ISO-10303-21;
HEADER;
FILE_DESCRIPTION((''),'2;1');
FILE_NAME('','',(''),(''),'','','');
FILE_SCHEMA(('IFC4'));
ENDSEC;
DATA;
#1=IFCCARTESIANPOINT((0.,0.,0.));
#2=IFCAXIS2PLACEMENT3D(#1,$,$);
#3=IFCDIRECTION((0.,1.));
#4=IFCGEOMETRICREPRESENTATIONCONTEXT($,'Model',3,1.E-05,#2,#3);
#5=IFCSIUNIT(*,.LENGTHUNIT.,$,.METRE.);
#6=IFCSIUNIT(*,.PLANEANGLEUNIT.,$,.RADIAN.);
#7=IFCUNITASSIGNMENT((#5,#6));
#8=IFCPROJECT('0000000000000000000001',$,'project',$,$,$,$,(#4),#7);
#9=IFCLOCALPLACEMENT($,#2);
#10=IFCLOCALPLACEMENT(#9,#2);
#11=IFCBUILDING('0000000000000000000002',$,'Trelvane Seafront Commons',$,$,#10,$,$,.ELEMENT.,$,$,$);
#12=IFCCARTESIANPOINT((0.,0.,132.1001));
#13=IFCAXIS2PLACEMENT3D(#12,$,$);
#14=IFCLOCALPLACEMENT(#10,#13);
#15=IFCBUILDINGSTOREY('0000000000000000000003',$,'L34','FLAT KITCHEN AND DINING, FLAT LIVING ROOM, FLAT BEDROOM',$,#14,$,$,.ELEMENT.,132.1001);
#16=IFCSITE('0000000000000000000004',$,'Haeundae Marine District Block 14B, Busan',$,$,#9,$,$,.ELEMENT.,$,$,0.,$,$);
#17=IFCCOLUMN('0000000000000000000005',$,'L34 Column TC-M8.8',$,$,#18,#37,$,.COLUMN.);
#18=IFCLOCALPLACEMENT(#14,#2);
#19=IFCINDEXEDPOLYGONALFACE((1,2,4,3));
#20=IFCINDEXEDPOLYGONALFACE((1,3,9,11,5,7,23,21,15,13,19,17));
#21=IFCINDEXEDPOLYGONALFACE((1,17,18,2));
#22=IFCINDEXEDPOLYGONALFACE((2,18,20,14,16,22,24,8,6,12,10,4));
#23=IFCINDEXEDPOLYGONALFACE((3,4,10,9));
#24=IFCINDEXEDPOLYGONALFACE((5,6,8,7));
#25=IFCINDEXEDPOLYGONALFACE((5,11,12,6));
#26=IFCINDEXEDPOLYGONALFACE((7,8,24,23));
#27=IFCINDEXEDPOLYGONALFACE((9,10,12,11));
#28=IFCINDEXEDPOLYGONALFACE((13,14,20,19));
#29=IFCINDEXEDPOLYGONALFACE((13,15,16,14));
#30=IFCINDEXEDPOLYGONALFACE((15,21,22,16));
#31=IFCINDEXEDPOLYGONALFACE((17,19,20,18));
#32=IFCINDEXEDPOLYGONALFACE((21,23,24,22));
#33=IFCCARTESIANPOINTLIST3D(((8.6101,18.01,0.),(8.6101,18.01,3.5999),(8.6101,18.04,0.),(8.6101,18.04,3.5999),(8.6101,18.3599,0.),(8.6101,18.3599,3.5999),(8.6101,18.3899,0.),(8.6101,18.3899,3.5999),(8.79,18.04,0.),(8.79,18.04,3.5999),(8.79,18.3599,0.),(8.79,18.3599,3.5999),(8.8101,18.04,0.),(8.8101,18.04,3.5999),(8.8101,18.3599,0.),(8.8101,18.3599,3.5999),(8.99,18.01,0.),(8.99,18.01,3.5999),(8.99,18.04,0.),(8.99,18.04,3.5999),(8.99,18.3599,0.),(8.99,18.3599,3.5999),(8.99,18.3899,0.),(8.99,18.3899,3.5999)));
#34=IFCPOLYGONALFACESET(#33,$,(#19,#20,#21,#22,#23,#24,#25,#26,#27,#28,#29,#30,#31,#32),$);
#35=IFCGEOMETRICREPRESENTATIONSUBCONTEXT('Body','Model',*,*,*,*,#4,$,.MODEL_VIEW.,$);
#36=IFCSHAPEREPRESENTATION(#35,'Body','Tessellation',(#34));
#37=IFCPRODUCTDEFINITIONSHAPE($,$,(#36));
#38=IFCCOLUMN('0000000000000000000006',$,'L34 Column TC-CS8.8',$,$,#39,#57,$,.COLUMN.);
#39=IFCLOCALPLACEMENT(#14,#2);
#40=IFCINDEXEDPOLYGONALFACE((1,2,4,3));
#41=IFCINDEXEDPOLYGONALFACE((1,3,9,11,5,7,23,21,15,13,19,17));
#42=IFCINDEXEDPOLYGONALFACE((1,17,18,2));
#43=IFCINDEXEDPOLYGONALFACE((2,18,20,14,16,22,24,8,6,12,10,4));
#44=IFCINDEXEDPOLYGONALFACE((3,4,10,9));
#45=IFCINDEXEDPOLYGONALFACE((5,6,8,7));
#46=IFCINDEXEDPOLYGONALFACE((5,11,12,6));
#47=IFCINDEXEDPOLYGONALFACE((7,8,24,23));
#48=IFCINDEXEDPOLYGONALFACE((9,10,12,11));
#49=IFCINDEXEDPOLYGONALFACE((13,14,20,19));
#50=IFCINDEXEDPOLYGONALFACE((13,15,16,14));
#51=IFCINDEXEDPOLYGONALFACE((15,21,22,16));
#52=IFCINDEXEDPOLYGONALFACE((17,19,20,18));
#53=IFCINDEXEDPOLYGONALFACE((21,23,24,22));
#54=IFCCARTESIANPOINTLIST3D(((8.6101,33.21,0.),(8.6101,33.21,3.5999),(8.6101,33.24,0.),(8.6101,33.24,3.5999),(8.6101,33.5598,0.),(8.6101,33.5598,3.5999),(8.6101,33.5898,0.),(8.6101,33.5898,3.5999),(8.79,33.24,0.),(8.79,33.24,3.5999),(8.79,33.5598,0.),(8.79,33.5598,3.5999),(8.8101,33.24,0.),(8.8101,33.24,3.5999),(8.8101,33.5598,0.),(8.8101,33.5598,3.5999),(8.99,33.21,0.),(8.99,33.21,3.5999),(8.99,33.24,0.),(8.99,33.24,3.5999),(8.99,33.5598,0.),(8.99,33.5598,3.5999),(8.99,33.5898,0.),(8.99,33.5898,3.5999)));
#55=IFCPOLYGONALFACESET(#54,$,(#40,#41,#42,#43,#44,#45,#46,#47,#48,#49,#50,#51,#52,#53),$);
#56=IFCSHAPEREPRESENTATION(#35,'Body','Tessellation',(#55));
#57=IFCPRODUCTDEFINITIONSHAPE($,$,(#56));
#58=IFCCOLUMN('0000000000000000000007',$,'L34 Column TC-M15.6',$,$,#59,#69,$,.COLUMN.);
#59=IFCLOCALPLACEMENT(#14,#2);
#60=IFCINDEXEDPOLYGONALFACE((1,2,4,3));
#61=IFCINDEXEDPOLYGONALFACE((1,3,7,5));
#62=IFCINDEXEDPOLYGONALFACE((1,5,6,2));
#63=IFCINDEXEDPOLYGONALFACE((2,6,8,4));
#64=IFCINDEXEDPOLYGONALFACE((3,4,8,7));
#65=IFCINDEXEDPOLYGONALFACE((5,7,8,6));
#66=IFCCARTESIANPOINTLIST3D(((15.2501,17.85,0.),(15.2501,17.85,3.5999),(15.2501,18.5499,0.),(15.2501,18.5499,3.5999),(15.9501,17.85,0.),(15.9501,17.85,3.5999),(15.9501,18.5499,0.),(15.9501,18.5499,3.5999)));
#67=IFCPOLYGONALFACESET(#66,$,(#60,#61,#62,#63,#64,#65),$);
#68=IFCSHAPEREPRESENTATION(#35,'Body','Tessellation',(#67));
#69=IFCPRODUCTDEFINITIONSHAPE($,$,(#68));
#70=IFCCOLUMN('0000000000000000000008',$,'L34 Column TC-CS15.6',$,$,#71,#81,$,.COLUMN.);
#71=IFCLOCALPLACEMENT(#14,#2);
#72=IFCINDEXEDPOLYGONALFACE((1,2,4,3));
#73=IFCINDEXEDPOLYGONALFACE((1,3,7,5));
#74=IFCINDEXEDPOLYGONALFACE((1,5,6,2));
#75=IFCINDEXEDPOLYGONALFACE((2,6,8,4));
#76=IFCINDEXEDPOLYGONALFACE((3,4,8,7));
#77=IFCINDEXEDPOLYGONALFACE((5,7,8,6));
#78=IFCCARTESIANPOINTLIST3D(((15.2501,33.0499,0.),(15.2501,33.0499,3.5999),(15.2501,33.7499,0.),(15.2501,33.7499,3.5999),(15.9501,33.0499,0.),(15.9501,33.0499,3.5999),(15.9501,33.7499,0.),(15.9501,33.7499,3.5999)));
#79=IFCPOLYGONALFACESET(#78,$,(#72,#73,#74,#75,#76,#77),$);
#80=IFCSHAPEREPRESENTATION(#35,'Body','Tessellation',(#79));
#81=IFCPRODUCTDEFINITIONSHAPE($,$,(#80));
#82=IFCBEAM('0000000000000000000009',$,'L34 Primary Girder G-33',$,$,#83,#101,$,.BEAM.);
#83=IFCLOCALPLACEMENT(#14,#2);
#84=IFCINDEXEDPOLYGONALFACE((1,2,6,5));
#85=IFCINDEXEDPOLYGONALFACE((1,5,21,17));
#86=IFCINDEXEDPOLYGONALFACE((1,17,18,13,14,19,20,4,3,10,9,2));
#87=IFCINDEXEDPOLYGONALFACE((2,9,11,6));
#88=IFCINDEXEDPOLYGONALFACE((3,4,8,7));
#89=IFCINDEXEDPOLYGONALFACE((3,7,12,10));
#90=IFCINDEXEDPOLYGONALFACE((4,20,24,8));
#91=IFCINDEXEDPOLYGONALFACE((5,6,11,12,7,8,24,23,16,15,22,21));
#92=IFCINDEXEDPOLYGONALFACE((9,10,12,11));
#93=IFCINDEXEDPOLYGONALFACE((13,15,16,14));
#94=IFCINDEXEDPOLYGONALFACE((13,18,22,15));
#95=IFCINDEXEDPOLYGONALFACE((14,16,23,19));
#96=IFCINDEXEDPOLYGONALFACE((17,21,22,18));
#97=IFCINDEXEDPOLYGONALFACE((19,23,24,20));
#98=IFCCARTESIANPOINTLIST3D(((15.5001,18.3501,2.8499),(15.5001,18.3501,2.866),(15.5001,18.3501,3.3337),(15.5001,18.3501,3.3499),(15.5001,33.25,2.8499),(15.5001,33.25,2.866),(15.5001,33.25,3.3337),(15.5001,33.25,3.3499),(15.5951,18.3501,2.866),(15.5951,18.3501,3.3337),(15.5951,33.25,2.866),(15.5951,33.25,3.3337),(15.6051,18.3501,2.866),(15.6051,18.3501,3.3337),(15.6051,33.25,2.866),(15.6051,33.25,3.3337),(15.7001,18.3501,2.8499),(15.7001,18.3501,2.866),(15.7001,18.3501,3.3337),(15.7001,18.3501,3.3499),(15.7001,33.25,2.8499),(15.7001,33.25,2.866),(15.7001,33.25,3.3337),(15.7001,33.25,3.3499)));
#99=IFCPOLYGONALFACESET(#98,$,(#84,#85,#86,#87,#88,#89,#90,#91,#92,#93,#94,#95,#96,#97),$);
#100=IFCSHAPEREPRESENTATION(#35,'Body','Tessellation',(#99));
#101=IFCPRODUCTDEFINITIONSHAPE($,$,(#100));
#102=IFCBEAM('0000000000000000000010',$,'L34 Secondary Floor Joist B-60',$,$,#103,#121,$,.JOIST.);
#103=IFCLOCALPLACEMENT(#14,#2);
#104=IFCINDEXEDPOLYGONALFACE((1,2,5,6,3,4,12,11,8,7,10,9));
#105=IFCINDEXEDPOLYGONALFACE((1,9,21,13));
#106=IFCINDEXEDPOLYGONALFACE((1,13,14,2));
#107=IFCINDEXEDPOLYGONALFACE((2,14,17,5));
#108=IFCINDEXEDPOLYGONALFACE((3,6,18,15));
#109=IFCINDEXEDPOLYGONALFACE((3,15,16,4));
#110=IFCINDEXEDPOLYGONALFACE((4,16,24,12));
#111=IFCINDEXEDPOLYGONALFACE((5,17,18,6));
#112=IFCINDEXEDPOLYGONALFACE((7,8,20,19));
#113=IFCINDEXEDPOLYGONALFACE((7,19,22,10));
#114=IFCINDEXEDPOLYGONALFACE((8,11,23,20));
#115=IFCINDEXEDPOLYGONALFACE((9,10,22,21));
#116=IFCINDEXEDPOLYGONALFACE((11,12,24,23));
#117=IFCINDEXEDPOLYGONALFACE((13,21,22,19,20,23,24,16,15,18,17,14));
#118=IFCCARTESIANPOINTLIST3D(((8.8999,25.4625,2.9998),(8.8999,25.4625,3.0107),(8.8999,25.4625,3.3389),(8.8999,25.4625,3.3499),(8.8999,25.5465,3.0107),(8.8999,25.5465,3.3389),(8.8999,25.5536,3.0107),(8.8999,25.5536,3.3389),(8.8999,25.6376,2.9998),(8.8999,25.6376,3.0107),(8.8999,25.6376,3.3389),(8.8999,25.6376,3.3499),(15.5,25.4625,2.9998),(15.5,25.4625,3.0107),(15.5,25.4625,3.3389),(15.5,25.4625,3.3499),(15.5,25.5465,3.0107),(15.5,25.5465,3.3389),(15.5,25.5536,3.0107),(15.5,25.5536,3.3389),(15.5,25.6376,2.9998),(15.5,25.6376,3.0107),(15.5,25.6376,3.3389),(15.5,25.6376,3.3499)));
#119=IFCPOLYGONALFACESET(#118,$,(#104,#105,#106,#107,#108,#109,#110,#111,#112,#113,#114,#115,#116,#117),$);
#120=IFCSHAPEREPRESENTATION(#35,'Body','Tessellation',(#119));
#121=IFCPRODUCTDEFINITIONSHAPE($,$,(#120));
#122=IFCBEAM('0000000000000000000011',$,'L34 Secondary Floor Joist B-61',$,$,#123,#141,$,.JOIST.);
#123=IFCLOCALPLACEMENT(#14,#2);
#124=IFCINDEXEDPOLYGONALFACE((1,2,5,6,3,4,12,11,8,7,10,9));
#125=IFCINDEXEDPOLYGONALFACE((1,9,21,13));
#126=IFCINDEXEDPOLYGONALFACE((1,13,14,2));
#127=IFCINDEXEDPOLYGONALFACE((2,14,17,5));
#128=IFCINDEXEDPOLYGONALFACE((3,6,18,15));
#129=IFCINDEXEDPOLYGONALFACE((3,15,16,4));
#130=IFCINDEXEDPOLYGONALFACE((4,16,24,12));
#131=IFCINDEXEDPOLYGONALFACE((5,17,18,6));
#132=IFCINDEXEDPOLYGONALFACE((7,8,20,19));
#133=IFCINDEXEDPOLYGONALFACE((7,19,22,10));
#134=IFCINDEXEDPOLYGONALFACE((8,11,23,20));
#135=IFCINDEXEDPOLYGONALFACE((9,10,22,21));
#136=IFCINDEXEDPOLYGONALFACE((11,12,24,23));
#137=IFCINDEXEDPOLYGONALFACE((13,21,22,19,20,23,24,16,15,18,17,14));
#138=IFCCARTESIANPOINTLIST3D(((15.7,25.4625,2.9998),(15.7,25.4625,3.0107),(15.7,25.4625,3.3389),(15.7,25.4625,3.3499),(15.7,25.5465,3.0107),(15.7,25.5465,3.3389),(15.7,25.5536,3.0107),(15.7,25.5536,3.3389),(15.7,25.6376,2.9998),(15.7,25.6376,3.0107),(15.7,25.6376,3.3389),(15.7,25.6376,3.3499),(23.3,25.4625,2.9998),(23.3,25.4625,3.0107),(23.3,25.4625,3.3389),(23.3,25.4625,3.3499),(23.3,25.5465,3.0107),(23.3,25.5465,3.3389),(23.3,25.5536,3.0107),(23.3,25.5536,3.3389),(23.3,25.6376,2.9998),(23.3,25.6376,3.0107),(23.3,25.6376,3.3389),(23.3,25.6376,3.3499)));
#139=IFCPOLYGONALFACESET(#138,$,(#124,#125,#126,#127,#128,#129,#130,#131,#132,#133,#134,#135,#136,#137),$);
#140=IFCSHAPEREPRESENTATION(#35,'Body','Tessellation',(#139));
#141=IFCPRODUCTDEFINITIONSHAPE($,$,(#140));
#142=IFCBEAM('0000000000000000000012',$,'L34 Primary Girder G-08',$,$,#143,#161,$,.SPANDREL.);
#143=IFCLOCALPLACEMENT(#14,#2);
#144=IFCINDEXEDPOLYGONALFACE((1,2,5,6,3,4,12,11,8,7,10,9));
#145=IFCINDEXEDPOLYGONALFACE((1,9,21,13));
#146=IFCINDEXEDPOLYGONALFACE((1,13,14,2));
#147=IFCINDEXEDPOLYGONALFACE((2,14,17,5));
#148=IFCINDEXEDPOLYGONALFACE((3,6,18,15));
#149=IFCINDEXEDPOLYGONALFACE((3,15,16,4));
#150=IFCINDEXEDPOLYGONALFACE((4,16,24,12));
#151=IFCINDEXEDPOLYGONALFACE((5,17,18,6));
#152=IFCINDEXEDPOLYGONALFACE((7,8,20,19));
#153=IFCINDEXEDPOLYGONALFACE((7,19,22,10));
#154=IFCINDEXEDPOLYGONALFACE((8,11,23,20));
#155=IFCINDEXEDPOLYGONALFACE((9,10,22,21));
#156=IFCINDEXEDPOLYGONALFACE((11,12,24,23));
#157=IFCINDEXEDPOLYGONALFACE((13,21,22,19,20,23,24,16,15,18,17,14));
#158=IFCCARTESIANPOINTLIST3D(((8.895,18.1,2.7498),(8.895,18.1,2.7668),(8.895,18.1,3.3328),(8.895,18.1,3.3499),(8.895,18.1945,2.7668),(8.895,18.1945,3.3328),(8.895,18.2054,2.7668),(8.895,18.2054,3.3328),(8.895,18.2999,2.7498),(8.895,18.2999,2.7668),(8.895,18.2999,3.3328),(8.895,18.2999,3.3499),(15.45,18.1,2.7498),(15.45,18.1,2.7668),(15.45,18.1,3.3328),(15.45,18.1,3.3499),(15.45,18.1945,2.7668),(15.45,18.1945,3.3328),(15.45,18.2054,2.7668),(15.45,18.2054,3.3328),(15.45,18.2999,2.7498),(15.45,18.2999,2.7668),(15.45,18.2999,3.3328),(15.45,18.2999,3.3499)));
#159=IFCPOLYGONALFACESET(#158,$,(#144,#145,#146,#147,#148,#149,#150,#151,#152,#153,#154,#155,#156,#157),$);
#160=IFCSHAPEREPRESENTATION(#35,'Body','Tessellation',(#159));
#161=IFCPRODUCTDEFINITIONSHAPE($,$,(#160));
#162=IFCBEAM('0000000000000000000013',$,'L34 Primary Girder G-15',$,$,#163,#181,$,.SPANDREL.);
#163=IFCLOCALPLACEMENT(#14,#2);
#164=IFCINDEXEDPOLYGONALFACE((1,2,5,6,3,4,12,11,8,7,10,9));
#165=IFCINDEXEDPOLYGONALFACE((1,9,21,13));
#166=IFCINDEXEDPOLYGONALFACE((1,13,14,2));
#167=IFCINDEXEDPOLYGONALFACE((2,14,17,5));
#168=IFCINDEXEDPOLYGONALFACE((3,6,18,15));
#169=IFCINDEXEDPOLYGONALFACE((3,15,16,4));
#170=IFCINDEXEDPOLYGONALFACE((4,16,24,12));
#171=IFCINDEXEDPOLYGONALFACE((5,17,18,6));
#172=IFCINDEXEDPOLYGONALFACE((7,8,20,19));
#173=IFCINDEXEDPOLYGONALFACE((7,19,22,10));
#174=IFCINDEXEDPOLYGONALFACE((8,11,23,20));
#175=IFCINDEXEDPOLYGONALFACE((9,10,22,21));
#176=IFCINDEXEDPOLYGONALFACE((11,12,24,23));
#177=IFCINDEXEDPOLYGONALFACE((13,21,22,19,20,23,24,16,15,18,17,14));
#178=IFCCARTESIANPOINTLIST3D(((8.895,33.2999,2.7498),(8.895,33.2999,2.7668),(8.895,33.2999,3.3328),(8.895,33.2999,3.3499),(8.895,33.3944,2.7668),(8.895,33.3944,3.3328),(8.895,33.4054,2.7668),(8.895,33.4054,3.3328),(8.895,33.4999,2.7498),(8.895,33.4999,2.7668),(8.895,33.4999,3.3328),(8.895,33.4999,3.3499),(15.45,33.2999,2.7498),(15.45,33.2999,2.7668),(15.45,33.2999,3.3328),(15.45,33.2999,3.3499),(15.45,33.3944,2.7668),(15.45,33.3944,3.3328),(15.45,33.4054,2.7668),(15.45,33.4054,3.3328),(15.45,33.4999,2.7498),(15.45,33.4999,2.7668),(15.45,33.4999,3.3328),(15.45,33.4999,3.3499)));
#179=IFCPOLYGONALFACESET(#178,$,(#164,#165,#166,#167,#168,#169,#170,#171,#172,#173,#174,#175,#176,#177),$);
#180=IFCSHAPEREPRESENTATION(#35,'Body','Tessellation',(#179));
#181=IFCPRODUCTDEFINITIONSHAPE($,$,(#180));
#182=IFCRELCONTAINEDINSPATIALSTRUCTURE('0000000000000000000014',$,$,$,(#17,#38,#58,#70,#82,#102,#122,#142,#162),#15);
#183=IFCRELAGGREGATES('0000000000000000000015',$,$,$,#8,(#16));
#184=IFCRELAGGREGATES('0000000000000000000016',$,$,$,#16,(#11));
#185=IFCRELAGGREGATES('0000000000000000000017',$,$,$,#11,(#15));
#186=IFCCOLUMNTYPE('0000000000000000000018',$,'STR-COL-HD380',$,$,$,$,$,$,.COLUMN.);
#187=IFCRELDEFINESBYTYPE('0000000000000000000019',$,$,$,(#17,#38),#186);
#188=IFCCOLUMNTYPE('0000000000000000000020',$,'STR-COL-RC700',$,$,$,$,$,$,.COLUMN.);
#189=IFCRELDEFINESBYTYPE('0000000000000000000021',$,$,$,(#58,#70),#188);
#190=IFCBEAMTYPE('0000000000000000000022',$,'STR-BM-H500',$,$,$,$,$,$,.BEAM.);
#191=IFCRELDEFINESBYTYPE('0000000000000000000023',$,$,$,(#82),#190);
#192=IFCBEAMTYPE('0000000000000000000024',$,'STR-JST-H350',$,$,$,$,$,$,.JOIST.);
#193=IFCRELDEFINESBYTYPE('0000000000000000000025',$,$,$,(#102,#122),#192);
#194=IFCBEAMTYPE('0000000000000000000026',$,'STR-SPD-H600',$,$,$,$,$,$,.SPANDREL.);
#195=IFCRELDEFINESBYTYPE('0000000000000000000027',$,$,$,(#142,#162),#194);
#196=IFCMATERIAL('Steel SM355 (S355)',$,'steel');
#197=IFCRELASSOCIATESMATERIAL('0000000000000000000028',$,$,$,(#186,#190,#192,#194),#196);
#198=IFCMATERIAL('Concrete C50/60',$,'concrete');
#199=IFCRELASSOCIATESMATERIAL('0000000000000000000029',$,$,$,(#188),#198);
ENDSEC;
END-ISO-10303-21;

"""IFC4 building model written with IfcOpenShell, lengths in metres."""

from ifc_helpers import new_model, si_unit, direction, frame, origin, origin_2d, place, context, subcontext, project, spatial, rectangle, i_section, extrude, source, transform, mapped, material, material_profile, profile_set, type_object, element, save


model = new_model("IFC4")

# Units and contexts
model_context = context("Model", 3, precision=1e-05, world=origin(), true_north=direction((0.0, 1.0)))
body_context = subcontext(model_context, "Body", "Model", "MODEL_VIEW")
ifc_project = project(units=[si_unit("LENGTHUNIT", "METRE"), si_unit("PLANEANGLEUNIT", "RADIAN")], contexts=[model_context])

# Site, building, storey
site_placement = place(None, origin())
site = spatial("IfcSite", under=ifc_project, at=site_placement, Name="Haeundae Marine District Block 14B, Busan", CompositionType="ELEMENT", RefElevation=0.0)
building_placement = place(site_placement, origin())
building = spatial("IfcBuilding", under=site, at=building_placement, Name="Trelvane Seafront Commons", CompositionType="ELEMENT")
storey_placement = place(building_placement, frame((0.0, 0.0, 132.1001)))
storey = spatial("IfcBuildingStorey", under=building, at=storey_placement, Name="L34", Description="FLAT KITCHEN AND DINING, FLAT LIVING ROOM, FLAT BEDROOM", CompositionType="ELEMENT", Elevation=132.1001)

# Columns
ifc_material_1 = material(Name="Steel SM355 (S355)", Category="steel")
ifc_material_profile_1 = material_profile(ifc_material_1, i_section(OverallWidth=0.3799, OverallDepth=0.3799, WebThickness=0.02, FlangeThickness=0.03, at=origin_2d()), Name="HD-380x380x20x30")
ifc_profile_set_1 = profile_set([ifc_material_profile_1], Name="Steel SM355 (S355)")
column_type_1 = type_object("IfcColumnType", Name="STR-COL-HD380", PredefinedType="COLUMN", material=ifc_profile_set_1)
shared_shape_1 = source(origin(), body_context, "Body", "SweptSolid", [
    extrude(i_section(OverallWidth=0.3799, OverallDepth=0.3799, WebThickness=0.02, FlangeThickness=0.03, at=origin_2d()), origin(), (0.0, 0.0, 1.0), 3.5999),
])
for number, where, z_axis, x_axis, name in (
    (1, (8.8, 18.2, 0.0), (0.0, 0.0, 1.0), (1.0, 0.0, 0.0), "L34 Column TC-M8.8"),
    (2, (8.8, 33.3999, 0.0), (0.0, 0.0, 1.0), (1.0, 0.0, 0.0), "L34 Column TC-CS8.8"),
):
    element("IfcColumn", number, at=place(storey_placement, frame(where, z_axis=z_axis, x_axis=x_axis)), inside=storey, type_object=column_type_1, Name=name, PredefinedType="COLUMN", context=body_context, shape_type="MappedRepresentation", body=[
        mapped(shared_shape_1, transform((0.0, 0.0, 0.0), x_axis=(1.0, 0.0, 0.0), y_axis=(0.0, 1.0, 0.0), z_axis=(0.0, 0.0, 1.0), scale=1.0)),
    ])
ifc_material_2 = material(Name="Concrete C50/60", Category="concrete")
ifc_material_profile_2 = material_profile(ifc_material_2, rectangle(XDim=0.7, YDim=0.7, at=origin_2d()), Name="RC-700x700")
ifc_profile_set_2 = profile_set([ifc_material_profile_2], Name="Concrete C50/60")
column_type_2 = type_object("IfcColumnType", Name="STR-COL-RC700", PredefinedType="COLUMN", material=ifc_profile_set_2)
shared_shape_2 = source(origin(), body_context, "Body", "SweptSolid", [
    extrude(rectangle(XDim=0.7, YDim=0.7, at=origin_2d()), origin(), (0.0, 0.0, 1.0), 3.5999),
])
for number, where, z_axis, x_axis, name in (
    (3, (15.6001, 18.2, 0.0), (0.0, 0.0, 1.0), (1.0, 0.0, 0.0), "L34 Column TC-M15.6"),
    (4, (15.6001, 33.3999, 0.0), (0.0, 0.0, 1.0), (1.0, 0.0, 0.0), "L34 Column TC-CS15.6"),
):
    element("IfcColumn", number, at=place(storey_placement, frame(where, z_axis=z_axis, x_axis=x_axis)), inside=storey, type_object=column_type_2, Name=name, PredefinedType="COLUMN", context=body_context, shape_type="MappedRepresentation", body=[
        mapped(shared_shape_2, transform((0.0, 0.0, 0.0), x_axis=(1.0, 0.0, 0.0), y_axis=(0.0, 1.0, 0.0), z_axis=(0.0, 0.0, 1.0), scale=1.0)),
    ])

# Beams
ifc_material_profile_3 = material_profile(ifc_material_1, i_section(OverallWidth=0.2, OverallDepth=0.5, WebThickness=0.01, FlangeThickness=0.0161, at=origin_2d()), Name="H-500x200x10x16")
ifc_profile_set_3 = profile_set([ifc_material_profile_3], Name="Steel SM355 (S355)")
beam_type_1 = type_object("IfcBeamType", Name="STR-BM-H500", PredefinedType="BEAM", material=ifc_profile_set_3)
shared_shape_3 = source(origin(), body_context, "Body", "SweptSolid", [
    extrude(i_section(OverallWidth=0.2, OverallDepth=0.5, WebThickness=0.01, FlangeThickness=0.0161, at=origin_2d()), origin(), (0.0, 0.0, 1.0), 14.8999),
])
beam_1_placement = place(storey_placement, frame((15.6001, 18.3501, 3.0999), z_axis=(0.0, 1.0, 0.0), x_axis=(-1.0, 0.0, 0.0)))
element("IfcBeam", 5, at=beam_1_placement, inside=storey, type_object=beam_type_1, Name="L34 Primary Girder G-33", PredefinedType="BEAM", context=body_context, shape_type="MappedRepresentation", body=[
    mapped(shared_shape_3, transform((0.0, 0.0, 0.0), x_axis=(1.0, 0.0, 0.0), y_axis=(0.0, 1.0, 0.0), z_axis=(0.0, 0.0, 1.0), scale=1.0)),
])
ifc_material_profile_4 = material_profile(ifc_material_1, i_section(OverallWidth=0.175, OverallDepth=0.3501, WebThickness=0.0071, FlangeThickness=0.011, at=origin_2d()), Name="H-350x175x7x11")
ifc_profile_set_4 = profile_set([ifc_material_profile_4], Name="Steel SM355 (S355)")
beam_type_2 = type_object("IfcBeamType", Name="STR-JST-H350", PredefinedType="JOIST", material=ifc_profile_set_4)
shared_shape_4 = source(origin(), body_context, "Body", "SweptSolid", [
    extrude(i_section(OverallWidth=0.175, OverallDepth=0.3501, WebThickness=0.0071, FlangeThickness=0.011, at=origin_2d()), origin(), (0.0, 0.0, 1.0), 6.6001),
])
beam_2_placement = place(storey_placement, frame((8.8999, 25.55, 3.1748), z_axis=(1.0, 0.0, 0.0), x_axis=(0.0, 1.0, 0.0)))
element("IfcBeam", 6, at=beam_2_placement, inside=storey, type_object=beam_type_2, Name="L34 Secondary Floor Joist B-60", PredefinedType="JOIST", context=body_context, shape_type="MappedRepresentation", body=[
    mapped(shared_shape_4, transform((0.0, 0.0, 0.0), x_axis=(1.0, 0.0, 0.0), y_axis=(0.0, 1.0, 0.0), z_axis=(0.0, 0.0, 1.0), scale=1.0)),
])
shared_shape_5 = source(origin(), body_context, "Body", "SweptSolid", [
    extrude(i_section(OverallWidth=0.175, OverallDepth=0.3501, WebThickness=0.0071, FlangeThickness=0.011, at=origin_2d()), origin(), (0.0, 0.0, 1.0), 7.6001),
])
beam_3_placement = place(storey_placement, frame((15.7, 25.55, 3.1748), z_axis=(1.0, 0.0, 0.0), x_axis=(0.0, 1.0, 0.0)))
element("IfcBeam", 7, at=beam_3_placement, inside=storey, type_object=beam_type_2, Name="L34 Secondary Floor Joist B-61", PredefinedType="JOIST", context=body_context, shape_type="MappedRepresentation", body=[
    mapped(shared_shape_5, transform((0.0, 0.0, 0.0), x_axis=(1.0, 0.0, 0.0), y_axis=(0.0, 1.0, 0.0), z_axis=(0.0, 0.0, 1.0), scale=1.0)),
])
ifc_material_profile_5 = material_profile(ifc_material_1, i_section(OverallWidth=0.2, OverallDepth=0.6001, WebThickness=0.011, FlangeThickness=0.0171, at=origin_2d()), Name="H-600x200x11x17")
ifc_profile_set_5 = profile_set([ifc_material_profile_5], Name="Steel SM355 (S355)")
beam_type_3 = type_object("IfcBeamType", Name="STR-SPD-H600", PredefinedType="SPANDREL", material=ifc_profile_set_5)
shared_shape_6 = source(origin(), body_context, "Body", "SweptSolid", [
    extrude(i_section(OverallWidth=0.2, OverallDepth=0.6001, WebThickness=0.011, FlangeThickness=0.0171, at=origin_2d()), origin(), (0.0, 0.0, 1.0), 6.5549),
])
for number, where, z_axis, x_axis, name in (
    (8, (8.895, 18.2, 3.0498), (1.0, 0.0, 0.0), (0.0, 1.0, 0.0), "L34 Primary Girder G-08"),
    (9, (8.895, 33.3999, 3.0498), (1.0, 0.0, 0.0), (0.0, 1.0, 0.0), "L34 Primary Girder G-15"),
):
    element("IfcBeam", number, at=place(storey_placement, frame(where, z_axis=z_axis, x_axis=x_axis)), inside=storey, type_object=beam_type_3, Name=name, PredefinedType="SPANDREL", context=body_context, shape_type="MappedRepresentation", body=[
        mapped(shared_shape_6, transform((0.0, 0.0, 0.0), x_axis=(1.0, 0.0, 0.0), y_axis=(0.0, 1.0, 0.0), z_axis=(0.0, 0.0, 1.0), scale=1.0)),
    ])

save(model, "model.ifc")
